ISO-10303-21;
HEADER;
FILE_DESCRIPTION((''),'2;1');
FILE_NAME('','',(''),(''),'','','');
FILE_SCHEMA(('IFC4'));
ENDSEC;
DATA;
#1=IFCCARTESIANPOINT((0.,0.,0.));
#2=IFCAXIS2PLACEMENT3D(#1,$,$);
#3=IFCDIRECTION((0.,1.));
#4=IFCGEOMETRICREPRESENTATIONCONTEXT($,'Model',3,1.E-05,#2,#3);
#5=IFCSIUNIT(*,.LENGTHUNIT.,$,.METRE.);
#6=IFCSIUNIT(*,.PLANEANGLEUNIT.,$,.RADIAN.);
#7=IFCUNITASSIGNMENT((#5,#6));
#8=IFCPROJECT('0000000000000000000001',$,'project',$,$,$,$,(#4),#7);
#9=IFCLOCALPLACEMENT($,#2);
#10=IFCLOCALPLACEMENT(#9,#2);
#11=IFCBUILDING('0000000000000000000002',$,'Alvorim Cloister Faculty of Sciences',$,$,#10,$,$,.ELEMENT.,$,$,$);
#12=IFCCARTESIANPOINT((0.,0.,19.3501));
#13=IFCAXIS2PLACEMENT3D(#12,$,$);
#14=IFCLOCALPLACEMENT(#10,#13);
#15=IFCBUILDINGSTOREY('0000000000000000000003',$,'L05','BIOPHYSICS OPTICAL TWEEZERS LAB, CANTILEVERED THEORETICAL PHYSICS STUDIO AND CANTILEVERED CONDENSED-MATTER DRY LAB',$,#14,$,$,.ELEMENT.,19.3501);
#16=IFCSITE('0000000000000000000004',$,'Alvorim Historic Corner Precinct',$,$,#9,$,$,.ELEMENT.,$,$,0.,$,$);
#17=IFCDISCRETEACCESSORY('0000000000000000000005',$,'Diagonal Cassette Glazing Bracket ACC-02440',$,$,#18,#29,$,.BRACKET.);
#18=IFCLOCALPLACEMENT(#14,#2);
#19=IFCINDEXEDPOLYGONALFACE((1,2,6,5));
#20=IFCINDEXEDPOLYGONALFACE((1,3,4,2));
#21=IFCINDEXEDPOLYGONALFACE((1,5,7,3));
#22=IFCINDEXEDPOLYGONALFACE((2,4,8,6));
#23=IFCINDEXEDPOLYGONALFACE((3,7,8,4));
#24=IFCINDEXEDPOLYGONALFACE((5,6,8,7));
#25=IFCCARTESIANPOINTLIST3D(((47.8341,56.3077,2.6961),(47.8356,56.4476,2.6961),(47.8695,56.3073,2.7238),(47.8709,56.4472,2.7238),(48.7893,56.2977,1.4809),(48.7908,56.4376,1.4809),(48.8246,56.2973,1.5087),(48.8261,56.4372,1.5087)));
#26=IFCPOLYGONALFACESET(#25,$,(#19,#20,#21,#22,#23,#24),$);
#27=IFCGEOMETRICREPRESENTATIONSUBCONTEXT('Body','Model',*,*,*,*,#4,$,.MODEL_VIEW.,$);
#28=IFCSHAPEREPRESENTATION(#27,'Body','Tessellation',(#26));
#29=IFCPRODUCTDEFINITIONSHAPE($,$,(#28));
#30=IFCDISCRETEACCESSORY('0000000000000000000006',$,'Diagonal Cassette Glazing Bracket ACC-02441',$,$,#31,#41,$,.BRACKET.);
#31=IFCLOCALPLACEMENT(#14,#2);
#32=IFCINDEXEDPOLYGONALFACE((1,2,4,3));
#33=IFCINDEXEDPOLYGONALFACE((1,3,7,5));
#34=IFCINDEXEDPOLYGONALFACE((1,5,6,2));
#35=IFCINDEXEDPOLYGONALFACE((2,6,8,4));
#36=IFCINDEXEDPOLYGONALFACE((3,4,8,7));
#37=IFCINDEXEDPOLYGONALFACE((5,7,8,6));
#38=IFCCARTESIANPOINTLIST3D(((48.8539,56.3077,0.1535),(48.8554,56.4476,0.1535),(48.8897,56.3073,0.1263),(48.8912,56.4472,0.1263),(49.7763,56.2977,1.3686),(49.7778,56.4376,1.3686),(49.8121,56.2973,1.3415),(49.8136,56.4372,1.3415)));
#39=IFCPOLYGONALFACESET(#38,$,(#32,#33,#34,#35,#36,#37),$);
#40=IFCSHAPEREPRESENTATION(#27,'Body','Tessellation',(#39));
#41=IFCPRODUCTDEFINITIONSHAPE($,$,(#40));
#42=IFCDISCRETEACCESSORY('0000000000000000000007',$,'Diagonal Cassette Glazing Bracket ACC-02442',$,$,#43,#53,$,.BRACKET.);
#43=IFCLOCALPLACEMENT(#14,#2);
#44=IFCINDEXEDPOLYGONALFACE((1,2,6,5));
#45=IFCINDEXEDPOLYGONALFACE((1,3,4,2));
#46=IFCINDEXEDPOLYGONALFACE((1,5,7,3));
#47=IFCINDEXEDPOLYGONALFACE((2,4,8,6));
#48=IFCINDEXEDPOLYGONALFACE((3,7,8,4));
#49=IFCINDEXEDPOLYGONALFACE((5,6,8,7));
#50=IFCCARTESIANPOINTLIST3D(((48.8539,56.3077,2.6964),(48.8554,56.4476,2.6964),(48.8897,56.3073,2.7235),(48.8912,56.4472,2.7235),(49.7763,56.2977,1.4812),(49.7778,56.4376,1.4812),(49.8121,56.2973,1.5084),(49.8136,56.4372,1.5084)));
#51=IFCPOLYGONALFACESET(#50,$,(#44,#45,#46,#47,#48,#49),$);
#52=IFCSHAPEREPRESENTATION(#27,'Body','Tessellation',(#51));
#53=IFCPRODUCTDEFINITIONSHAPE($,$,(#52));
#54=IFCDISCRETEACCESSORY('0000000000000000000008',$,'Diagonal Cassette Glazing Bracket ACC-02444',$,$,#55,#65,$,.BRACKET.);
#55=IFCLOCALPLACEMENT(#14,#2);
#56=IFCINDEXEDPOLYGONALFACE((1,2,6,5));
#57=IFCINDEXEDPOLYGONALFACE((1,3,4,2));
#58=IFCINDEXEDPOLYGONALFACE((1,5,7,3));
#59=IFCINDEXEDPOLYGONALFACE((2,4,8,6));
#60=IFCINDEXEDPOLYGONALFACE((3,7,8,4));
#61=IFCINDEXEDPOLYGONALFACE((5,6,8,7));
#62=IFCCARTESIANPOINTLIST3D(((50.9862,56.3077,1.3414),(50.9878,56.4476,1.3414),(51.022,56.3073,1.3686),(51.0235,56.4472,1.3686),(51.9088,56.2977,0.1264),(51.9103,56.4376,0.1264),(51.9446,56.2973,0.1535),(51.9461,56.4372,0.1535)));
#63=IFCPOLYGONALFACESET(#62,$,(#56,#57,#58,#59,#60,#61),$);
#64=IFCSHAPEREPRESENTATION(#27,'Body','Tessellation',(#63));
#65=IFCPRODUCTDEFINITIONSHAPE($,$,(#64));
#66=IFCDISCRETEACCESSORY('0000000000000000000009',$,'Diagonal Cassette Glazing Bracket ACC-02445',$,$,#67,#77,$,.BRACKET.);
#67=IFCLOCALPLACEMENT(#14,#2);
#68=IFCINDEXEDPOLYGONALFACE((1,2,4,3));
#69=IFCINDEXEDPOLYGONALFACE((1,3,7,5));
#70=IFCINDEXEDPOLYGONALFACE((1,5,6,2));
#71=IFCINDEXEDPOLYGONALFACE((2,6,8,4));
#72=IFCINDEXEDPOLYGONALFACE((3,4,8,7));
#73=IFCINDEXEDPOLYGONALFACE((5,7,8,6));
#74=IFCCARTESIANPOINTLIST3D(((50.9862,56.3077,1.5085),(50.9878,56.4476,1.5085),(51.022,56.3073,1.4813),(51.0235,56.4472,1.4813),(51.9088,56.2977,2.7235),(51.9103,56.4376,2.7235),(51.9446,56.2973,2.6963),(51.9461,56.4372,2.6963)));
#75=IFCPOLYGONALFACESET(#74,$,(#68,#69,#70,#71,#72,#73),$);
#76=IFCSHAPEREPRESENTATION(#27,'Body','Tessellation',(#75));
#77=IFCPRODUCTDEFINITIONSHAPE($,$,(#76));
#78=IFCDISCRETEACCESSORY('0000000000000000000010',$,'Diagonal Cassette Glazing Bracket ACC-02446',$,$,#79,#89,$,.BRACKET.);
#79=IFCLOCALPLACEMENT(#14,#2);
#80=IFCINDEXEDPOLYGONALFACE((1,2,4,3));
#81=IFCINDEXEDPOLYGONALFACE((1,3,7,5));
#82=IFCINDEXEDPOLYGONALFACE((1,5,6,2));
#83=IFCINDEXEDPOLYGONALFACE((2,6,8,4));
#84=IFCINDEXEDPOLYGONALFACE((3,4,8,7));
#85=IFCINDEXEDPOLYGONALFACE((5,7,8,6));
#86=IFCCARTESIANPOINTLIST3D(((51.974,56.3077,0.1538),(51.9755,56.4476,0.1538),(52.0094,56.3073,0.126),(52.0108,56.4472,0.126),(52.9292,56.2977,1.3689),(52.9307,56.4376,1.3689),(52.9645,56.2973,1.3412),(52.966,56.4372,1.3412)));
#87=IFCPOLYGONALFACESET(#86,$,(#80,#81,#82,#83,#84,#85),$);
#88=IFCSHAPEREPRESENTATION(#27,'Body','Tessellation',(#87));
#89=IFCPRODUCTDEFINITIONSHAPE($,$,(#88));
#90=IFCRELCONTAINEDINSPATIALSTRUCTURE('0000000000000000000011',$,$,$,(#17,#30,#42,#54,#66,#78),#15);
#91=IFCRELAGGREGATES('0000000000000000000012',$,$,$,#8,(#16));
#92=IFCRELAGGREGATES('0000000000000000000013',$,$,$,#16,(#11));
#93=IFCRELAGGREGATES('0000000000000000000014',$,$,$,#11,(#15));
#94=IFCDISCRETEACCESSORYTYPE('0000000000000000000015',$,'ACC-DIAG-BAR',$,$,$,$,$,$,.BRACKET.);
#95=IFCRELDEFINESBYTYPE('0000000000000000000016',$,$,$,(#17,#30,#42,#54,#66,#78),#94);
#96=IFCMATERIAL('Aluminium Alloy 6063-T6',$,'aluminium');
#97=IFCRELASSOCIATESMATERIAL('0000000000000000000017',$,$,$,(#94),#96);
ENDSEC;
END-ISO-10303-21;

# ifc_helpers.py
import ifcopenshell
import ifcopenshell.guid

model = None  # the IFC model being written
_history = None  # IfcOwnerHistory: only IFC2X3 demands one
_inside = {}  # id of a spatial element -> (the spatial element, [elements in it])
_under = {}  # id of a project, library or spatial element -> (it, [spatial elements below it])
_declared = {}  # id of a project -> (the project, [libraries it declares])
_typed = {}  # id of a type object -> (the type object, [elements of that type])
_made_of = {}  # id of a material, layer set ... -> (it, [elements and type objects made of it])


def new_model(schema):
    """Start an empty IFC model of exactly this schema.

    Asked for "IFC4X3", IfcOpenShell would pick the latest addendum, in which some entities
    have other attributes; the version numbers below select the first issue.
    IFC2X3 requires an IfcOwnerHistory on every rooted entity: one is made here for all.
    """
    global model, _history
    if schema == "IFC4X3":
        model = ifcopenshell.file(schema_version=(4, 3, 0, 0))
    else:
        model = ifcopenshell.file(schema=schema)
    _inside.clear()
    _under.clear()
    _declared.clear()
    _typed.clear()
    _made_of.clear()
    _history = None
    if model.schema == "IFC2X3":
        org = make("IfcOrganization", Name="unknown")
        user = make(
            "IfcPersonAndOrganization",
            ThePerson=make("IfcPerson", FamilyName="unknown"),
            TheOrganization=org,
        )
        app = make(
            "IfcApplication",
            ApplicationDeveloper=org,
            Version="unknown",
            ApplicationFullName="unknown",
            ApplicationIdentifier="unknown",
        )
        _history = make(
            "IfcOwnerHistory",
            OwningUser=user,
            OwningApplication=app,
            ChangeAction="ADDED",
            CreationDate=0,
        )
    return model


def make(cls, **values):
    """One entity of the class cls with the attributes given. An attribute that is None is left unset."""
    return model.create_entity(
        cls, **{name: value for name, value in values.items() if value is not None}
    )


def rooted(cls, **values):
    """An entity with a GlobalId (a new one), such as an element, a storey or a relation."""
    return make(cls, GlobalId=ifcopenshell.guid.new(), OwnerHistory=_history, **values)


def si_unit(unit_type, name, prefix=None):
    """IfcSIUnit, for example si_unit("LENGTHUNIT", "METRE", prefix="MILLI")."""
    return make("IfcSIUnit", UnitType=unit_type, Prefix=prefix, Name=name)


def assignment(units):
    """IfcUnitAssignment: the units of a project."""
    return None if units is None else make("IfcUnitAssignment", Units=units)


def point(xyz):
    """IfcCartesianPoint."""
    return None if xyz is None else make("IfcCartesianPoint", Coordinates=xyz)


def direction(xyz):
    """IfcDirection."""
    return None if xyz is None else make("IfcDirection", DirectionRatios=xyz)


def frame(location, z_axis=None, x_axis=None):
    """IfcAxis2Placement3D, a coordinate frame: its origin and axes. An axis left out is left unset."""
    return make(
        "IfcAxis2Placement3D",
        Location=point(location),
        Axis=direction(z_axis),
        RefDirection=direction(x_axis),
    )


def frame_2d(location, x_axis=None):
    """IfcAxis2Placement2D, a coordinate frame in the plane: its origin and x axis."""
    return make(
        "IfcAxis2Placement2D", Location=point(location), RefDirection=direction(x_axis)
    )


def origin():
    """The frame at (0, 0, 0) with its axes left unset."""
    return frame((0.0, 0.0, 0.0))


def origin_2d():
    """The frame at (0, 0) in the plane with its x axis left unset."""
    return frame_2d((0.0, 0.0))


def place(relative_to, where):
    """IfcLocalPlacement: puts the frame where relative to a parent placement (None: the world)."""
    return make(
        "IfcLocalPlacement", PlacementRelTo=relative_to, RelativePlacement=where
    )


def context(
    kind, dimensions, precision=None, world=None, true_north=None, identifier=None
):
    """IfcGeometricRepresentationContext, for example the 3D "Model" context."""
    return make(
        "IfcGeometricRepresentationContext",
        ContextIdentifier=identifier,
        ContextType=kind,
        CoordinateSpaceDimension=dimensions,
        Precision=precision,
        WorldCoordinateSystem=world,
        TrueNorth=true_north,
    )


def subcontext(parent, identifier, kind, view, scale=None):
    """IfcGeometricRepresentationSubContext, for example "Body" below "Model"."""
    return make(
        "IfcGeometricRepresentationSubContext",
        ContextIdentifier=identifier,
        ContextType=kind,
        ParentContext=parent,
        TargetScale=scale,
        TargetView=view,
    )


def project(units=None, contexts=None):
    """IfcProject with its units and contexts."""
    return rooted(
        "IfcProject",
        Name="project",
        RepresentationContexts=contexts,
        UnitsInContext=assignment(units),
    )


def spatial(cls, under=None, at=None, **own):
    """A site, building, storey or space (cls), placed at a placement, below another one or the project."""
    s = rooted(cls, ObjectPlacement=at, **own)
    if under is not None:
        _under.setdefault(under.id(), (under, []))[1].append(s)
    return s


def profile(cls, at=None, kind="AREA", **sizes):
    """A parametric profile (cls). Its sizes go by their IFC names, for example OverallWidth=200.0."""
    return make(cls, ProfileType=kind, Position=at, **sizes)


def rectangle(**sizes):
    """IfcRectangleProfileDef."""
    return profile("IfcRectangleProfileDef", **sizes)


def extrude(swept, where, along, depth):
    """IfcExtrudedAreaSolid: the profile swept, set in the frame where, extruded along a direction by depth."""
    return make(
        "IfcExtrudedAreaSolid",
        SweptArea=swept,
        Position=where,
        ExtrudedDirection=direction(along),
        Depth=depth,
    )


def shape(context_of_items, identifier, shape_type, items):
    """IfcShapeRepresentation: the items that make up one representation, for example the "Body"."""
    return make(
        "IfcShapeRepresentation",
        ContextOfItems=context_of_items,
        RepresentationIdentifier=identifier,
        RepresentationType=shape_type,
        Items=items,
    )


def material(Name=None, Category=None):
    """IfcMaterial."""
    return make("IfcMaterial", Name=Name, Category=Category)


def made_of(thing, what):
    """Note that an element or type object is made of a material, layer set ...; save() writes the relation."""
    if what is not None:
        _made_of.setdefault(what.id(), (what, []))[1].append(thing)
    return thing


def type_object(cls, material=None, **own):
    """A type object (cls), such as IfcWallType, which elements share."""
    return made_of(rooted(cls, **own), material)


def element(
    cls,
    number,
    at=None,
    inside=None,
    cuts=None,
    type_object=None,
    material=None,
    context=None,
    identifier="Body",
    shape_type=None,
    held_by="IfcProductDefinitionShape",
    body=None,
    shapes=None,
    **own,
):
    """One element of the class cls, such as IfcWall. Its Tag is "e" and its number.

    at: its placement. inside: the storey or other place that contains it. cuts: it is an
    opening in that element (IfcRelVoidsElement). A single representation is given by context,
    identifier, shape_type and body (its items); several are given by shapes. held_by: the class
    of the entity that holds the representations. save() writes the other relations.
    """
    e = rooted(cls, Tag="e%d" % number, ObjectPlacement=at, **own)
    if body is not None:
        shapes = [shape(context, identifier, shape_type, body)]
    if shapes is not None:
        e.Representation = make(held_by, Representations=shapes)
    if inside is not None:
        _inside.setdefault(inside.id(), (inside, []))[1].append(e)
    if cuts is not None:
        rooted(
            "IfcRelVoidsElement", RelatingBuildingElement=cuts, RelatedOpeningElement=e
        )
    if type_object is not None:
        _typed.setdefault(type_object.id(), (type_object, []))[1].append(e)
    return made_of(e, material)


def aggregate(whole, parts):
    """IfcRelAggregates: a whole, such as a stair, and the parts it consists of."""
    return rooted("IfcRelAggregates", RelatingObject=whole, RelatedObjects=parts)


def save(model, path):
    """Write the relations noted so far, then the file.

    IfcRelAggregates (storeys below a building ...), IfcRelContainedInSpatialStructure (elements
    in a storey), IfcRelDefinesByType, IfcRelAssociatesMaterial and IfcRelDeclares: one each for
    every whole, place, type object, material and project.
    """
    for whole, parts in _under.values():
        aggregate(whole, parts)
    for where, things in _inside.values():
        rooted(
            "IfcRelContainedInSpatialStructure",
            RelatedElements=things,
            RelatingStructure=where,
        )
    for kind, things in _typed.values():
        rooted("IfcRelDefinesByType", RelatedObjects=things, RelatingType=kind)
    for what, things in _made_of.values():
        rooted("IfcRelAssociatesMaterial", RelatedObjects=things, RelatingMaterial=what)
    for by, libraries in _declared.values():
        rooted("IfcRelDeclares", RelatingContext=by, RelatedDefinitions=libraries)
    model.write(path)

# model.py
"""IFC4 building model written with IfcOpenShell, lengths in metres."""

from ifc_helpers import new_model, si_unit, direction, frame, origin, origin_2d, place, context, subcontext, project, spatial, rectangle, extrude, material, type_object, element, save


model = new_model("IFC4")

# Units and contexts
model_context = context("Model", 3, precision=1e-05, world=origin(), true_north=direction((0.0, 1.0)))
body_context = subcontext(model_context, "Body", "Model", "MODEL_VIEW")
ifc_project = project(units=[si_unit("LENGTHUNIT", "METRE"), si_unit("PLANEANGLEUNIT", "RADIAN")], contexts=[model_context])

# Site, building, storey
site_placement = place(None, origin())
site = spatial("IfcSite", under=ifc_project, at=site_placement, Name="Alvorim Historic Corner Precinct", CompositionType="ELEMENT", RefElevation=0.0)
building_placement = place(site_placement, origin())
building = spatial("IfcBuilding", under=site, at=building_placement, Name="Alvorim Cloister Faculty of Sciences", CompositionType="ELEMENT")
storey_placement = place(building_placement, frame((0.0, 0.0, 19.3501)))
storey = spatial("IfcBuildingStorey", under=building, at=storey_placement, Name="L05", Description="BIOPHYSICS OPTICAL TWEEZERS LAB, CANTILEVERED THEORETICAL PHYSICS STUDIO AND CANTILEVERED CONDENSED-MATTER DRY LAB", CompositionType="ELEMENT", Elevation=19.3501)

# Shared definitions
ifc_material_1 = material(Name="Aluminium Alloy 6063-T6", Category="aluminium")

# Discrete accessories
discrete_accessory_type = type_object("IfcDiscreteAccessoryType", Name="ACC-DIAG-BAR", PredefinedType="BRACKET", material=ifc_material_1)
discrete_accessory_1_placement = place(storey_placement, frame((47.8525, 56.3774, 2.71), z_axis=(0.617955, -0.006477, -0.786187), x_axis=(0.01048, 0.999945, 0.0)))
element("IfcDiscreteAccessory", 1, at=discrete_accessory_1_placement, inside=storey, type_object=discrete_accessory_type, Name="Diagonal Cassette Glazing Bracket ACC-02440", PredefinedType="BRACKET", context=body_context, shape_type="SweptSolid", body=[
    extrude(rectangle(XDim=0.1399, YDim=0.0449, at=origin_2d()), origin(), (0.0, 0.0, 1.0), 1.5457),
])
for number, where, z_axis, x_axis, name in (
    (2, (48.8726, 56.3774, 0.1399), (0.604612, -0.006561, 0.796493), (0.010852, 0.999941, 0.0), "Diagonal Cassette Glazing Bracket ACC-02441"),
    (3, (48.8726, 56.3774, 2.71), (0.604612, -0.006561, -0.796493), (0.010852, 0.999941, 0.0), "Diagonal Cassette Glazing Bracket ACC-02442"),
    (4, (51.0049, 56.3774, 1.355), (0.604713, -0.006561, -0.796416), (0.010849, 0.999941, 0.0), "Diagonal Cassette Glazing Bracket ACC-02444"),
    (5, (51.0049, 56.3774, 1.4949), (0.604713, -0.006561, 0.796416), (0.010849, 0.999941, 0.0), "Diagonal Cassette Glazing Bracket ACC-02445"),
):
    element("IfcDiscreteAccessory", number, at=place(storey_placement, frame(where, z_axis=z_axis, x_axis=x_axis)), inside=storey, type_object=discrete_accessory_type, Name=name, PredefinedType="BRACKET", context=body_context, shape_type="SweptSolid", body=[
        extrude(rectangle(XDim=0.1399, YDim=0.0449, at=origin_2d()), origin(), (0.0, 0.0, 1.0), 1.5256),
    ])
discrete_accessory_2_placement = place(storey_placement, frame((51.9924, 56.3774, 0.1399), z_axis=(0.617955, -0.006477, 0.786187), x_axis=(0.01048, 0.999945, 0.0)))
element("IfcDiscreteAccessory", 6, at=discrete_accessory_2_placement, inside=storey, type_object=discrete_accessory_type, Name="Diagonal Cassette Glazing Bracket ACC-02446", PredefinedType="BRACKET", context=body_context, shape_type="SweptSolid", body=[
    extrude(rectangle(XDim=0.1399, YDim=0.0449, at=origin_2d()), origin(), (0.0, 0.0, 1.0), 1.5457),
])

save(model, "model.ifc")
